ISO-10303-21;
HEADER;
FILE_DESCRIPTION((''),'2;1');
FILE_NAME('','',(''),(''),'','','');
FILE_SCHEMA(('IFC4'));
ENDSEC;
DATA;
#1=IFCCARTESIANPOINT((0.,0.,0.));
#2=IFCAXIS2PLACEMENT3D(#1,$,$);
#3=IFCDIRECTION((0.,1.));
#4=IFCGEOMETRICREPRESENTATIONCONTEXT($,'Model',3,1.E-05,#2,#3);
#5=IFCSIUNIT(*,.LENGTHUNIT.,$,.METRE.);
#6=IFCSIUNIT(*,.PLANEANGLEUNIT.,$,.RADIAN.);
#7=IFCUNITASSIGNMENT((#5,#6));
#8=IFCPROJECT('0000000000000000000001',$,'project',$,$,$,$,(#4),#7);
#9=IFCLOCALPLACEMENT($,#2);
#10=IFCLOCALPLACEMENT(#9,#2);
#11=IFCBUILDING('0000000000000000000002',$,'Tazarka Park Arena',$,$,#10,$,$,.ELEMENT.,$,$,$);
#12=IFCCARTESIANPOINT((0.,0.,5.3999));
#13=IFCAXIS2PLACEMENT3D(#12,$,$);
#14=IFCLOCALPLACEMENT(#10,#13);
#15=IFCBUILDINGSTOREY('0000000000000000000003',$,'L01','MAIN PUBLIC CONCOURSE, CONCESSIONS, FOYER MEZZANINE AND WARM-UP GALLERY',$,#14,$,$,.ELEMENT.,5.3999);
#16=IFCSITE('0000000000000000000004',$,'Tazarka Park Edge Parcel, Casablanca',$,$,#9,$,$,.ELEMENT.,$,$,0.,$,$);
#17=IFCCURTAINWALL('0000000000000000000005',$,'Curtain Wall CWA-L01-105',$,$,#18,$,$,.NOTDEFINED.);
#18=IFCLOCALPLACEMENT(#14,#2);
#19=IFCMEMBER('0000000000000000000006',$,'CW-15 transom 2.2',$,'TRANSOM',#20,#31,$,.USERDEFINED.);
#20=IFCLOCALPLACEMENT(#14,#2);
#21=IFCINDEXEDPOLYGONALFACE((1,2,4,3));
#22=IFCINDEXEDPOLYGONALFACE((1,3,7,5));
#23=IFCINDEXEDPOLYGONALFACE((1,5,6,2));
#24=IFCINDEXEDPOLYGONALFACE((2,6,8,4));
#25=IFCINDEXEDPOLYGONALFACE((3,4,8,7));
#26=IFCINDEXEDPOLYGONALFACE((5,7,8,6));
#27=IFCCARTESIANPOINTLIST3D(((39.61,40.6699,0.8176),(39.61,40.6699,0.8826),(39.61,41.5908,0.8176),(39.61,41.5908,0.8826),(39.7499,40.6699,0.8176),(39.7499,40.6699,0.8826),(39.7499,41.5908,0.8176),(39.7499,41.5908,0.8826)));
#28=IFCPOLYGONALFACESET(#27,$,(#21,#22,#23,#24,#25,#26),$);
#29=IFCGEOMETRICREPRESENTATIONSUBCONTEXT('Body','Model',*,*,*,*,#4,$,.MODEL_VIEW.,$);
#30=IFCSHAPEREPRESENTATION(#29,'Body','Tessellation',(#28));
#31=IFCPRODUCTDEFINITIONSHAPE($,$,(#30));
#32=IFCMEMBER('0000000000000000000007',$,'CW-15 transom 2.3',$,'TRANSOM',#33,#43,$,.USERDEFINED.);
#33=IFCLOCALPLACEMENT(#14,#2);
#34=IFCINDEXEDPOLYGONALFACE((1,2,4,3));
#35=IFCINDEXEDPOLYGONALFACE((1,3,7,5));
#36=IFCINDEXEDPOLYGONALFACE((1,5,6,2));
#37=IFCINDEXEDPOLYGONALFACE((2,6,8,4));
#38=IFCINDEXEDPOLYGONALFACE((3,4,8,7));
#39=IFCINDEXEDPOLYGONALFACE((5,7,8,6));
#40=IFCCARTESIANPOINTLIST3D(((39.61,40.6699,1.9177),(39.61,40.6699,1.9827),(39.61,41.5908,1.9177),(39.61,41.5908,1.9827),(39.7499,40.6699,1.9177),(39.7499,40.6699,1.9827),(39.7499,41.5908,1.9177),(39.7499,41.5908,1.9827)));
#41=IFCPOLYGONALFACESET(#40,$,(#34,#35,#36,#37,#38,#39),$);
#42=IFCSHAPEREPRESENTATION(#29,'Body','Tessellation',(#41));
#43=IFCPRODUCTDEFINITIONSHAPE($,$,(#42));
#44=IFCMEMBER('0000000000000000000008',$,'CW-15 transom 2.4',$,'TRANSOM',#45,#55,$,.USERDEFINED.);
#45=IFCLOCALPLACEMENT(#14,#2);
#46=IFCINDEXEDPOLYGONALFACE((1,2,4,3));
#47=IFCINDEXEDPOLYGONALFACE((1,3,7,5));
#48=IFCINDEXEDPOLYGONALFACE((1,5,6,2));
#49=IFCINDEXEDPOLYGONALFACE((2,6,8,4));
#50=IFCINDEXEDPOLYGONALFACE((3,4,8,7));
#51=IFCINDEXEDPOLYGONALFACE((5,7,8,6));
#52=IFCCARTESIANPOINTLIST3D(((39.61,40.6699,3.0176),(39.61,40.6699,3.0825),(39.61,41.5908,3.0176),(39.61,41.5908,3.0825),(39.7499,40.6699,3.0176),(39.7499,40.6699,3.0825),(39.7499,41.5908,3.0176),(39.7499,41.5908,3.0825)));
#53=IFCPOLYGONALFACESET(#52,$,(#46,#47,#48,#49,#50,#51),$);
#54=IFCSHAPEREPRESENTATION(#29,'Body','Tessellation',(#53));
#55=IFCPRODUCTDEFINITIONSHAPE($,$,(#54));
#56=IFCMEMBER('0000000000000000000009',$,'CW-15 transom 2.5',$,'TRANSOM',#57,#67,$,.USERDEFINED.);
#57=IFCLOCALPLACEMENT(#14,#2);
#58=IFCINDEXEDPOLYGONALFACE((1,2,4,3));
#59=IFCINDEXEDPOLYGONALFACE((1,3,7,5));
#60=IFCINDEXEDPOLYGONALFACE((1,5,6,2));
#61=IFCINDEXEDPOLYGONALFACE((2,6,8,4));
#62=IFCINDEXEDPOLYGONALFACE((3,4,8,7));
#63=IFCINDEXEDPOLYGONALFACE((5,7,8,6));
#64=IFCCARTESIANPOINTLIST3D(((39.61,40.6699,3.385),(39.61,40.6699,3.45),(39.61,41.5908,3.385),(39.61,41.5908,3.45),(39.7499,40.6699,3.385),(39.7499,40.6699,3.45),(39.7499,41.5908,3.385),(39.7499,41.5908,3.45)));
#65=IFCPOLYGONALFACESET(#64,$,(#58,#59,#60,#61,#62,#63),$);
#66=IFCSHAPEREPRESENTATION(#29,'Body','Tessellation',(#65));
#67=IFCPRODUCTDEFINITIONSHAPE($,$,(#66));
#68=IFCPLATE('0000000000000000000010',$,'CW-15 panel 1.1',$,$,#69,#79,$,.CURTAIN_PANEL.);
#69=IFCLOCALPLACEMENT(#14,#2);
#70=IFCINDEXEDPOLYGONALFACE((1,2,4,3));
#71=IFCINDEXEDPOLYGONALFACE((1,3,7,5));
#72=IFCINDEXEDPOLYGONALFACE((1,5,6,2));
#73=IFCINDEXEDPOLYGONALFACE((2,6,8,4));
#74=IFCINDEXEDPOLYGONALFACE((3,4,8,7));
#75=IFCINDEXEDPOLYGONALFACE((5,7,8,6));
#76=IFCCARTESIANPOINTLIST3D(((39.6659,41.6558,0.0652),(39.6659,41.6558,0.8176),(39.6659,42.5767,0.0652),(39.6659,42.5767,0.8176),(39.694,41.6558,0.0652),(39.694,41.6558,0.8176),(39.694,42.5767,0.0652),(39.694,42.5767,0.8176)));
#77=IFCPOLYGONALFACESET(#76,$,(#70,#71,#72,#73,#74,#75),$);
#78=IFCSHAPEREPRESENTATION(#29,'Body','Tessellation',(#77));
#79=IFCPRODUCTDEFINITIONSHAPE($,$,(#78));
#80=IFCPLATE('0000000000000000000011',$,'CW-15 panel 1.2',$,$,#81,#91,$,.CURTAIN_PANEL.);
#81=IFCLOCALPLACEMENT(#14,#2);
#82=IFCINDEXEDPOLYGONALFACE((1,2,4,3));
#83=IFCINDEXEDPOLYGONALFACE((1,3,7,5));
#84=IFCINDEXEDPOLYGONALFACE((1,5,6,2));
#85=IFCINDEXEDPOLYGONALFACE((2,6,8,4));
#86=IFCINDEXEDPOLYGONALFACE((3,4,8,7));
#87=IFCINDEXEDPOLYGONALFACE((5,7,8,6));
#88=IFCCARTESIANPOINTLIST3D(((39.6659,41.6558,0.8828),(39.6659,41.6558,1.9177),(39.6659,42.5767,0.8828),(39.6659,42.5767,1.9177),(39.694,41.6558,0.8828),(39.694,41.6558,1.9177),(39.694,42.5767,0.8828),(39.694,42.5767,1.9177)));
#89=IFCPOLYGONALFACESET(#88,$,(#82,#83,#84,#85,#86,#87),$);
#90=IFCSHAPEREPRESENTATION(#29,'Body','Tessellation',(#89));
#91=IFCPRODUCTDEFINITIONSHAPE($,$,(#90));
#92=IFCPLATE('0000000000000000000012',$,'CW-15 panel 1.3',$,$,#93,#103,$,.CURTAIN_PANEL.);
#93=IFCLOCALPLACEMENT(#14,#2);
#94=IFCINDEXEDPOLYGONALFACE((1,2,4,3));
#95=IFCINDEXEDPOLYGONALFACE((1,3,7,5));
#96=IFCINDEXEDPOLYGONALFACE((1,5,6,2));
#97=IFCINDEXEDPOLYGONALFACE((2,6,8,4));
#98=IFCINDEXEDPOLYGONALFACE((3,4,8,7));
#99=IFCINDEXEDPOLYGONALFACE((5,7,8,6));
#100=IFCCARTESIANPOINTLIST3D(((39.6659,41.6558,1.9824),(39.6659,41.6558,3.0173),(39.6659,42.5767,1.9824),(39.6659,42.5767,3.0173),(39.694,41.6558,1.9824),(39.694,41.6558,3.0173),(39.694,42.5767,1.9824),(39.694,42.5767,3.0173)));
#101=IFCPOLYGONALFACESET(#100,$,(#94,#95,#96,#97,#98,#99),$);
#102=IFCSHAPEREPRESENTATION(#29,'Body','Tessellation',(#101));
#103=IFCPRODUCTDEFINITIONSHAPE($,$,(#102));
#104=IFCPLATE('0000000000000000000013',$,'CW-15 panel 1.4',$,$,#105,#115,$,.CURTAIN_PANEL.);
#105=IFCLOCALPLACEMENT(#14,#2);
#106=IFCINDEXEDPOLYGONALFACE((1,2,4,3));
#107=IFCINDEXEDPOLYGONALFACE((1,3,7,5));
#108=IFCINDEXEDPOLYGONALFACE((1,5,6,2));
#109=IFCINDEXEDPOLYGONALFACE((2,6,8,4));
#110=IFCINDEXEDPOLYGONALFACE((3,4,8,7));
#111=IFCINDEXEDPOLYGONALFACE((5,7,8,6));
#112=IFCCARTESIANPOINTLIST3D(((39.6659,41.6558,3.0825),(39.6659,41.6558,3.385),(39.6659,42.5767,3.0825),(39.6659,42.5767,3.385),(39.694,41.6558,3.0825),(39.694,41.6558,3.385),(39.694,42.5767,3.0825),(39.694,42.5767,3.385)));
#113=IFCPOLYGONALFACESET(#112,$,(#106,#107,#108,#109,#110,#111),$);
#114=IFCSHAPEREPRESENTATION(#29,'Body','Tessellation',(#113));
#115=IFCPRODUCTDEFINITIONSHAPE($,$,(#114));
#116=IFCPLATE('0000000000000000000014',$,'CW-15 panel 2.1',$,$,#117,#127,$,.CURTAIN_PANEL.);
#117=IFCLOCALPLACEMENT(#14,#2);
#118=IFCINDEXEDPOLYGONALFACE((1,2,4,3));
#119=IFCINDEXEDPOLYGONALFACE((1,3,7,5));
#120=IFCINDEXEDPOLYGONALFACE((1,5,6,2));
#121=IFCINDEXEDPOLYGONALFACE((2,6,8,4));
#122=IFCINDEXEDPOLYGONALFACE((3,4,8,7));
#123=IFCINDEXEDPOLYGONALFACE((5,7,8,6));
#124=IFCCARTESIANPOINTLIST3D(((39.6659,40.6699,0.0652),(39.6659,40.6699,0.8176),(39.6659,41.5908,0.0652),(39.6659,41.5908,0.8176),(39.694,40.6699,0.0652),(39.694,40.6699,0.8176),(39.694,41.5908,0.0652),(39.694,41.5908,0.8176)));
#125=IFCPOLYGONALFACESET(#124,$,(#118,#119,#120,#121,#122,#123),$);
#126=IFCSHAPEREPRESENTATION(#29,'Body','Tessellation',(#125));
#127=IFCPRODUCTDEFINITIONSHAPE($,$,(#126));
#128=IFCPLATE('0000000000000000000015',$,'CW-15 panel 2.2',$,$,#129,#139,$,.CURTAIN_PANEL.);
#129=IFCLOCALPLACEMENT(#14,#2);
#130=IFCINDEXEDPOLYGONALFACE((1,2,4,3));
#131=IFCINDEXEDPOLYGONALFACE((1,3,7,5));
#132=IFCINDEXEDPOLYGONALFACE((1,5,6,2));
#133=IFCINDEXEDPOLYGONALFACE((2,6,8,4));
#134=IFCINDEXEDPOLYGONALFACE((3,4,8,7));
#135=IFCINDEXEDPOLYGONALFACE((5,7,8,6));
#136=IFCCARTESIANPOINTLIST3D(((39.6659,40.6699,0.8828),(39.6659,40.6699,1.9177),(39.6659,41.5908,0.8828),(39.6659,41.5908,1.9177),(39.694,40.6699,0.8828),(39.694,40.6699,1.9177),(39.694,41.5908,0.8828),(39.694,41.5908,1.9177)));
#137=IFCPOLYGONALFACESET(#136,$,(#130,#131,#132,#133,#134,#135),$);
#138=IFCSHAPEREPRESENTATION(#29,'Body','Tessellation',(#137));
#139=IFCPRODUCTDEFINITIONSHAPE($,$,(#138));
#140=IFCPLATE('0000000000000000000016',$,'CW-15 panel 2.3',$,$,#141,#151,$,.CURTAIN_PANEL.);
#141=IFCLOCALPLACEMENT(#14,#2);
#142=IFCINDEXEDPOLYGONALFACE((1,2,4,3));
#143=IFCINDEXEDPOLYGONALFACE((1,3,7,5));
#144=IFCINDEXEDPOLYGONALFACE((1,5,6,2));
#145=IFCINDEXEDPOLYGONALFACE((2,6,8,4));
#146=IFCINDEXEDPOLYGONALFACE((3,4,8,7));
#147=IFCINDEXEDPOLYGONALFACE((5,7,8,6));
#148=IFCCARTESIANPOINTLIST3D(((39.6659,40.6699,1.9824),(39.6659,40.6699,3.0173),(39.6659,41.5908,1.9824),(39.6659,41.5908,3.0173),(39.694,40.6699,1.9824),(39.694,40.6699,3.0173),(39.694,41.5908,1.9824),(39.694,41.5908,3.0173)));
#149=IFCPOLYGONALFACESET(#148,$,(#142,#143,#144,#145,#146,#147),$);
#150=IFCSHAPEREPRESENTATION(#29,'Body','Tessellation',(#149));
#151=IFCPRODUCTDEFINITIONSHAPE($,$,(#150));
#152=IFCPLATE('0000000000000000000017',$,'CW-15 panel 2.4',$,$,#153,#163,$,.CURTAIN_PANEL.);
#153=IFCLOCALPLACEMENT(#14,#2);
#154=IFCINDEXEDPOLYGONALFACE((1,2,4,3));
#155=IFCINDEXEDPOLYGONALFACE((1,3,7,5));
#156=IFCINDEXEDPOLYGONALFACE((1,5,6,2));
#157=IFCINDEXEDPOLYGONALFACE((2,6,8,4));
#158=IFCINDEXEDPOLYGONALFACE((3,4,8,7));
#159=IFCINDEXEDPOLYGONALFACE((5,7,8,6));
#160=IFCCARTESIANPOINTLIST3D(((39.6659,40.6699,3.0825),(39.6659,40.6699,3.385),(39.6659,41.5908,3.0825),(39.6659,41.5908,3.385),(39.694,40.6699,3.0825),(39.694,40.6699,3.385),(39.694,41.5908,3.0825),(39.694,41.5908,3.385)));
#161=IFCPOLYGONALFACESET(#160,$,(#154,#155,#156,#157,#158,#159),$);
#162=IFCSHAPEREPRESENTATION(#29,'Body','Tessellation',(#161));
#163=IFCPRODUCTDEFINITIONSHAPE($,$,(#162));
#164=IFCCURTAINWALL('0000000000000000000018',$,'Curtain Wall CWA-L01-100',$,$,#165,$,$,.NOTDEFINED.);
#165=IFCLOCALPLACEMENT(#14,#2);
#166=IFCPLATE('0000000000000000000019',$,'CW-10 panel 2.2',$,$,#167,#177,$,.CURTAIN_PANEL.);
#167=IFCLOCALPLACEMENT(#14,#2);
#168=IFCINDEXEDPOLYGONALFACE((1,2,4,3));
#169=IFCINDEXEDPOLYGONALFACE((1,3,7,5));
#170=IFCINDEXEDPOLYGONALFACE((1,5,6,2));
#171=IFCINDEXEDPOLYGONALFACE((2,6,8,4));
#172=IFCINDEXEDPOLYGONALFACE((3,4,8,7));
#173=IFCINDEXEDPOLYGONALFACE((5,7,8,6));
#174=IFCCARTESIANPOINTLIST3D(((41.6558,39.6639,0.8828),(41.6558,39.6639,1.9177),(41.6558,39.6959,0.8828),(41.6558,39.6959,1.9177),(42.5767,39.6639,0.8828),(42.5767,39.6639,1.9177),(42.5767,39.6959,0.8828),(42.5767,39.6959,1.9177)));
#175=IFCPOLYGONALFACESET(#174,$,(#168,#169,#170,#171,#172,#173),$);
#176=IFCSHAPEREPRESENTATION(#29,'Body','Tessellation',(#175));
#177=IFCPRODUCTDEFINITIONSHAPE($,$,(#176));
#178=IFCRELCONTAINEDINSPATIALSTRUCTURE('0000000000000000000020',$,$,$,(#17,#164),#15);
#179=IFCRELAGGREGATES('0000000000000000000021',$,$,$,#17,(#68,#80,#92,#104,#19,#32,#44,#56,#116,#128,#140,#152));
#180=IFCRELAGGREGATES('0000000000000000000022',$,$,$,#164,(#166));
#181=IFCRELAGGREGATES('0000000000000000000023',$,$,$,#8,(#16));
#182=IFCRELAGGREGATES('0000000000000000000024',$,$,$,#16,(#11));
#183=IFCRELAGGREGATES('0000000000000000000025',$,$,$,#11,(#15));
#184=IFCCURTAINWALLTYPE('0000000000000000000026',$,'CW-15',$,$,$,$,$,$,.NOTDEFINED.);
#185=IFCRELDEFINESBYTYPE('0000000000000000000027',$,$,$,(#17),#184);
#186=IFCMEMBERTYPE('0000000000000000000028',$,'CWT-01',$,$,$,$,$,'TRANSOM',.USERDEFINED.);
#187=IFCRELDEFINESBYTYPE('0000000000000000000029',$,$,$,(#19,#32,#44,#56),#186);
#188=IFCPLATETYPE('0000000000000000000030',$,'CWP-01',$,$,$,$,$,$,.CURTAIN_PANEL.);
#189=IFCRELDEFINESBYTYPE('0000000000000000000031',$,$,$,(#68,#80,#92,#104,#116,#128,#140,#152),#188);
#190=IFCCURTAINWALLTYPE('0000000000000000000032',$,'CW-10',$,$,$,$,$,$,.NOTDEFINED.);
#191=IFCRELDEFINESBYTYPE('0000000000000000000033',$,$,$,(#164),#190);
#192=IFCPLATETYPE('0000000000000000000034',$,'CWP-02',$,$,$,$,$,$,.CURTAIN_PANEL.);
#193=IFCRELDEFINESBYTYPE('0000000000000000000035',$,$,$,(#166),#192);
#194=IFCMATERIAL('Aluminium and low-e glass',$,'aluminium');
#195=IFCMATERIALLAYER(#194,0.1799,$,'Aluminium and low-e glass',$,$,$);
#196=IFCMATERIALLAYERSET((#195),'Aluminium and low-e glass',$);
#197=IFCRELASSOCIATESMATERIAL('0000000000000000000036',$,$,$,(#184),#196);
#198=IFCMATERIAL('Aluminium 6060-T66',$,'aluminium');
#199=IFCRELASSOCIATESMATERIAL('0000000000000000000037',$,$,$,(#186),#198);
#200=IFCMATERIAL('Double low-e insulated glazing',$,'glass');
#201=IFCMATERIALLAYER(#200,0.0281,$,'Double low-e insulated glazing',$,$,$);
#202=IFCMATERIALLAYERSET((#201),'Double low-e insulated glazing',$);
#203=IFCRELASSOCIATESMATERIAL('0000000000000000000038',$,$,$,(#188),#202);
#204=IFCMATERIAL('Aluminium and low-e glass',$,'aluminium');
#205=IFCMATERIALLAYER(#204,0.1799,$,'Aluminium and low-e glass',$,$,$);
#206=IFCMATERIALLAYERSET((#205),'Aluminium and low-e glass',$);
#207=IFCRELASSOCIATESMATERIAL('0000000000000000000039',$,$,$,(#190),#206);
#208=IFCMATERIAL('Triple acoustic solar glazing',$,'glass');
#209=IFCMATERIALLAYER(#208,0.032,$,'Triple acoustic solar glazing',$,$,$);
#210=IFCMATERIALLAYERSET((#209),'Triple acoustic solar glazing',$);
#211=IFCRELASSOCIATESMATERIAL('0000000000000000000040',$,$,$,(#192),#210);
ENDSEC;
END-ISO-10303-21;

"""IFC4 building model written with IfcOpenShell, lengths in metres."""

from ifc_helpers import new_model, si_unit, direction, frame, origin, origin_2d, place, context, subcontext, project, spatial, rectangle, extrude, material, layer, layer_set, material_profile, profile_set, type_object, element, aggregate, save


model = new_model("IFC4")

# Units and contexts
model_context = context("Model", 3, precision=1e-05, world=origin(), true_north=direction((0.0, 1.0)))
body_context = subcontext(model_context, "Body", "Model", "MODEL_VIEW")
ifc_project = project(units=[si_unit("LENGTHUNIT", "METRE"), si_unit("PLANEANGLEUNIT", "RADIAN")], contexts=[model_context])

# Site, building, storey
site_placement = place(None, origin())
site = spatial("IfcSite", under=ifc_project, at=site_placement, Name="Tazarka Park Edge Parcel, Casablanca", CompositionType="ELEMENT", RefElevation=0.0)
building_placement = place(site_placement, origin())
building = spatial("IfcBuilding", under=site, at=building_placement, Name="Tazarka Park Arena", CompositionType="ELEMENT")
storey_placement = place(building_placement, frame((0.0, 0.0, 5.3999)))
storey = spatial("IfcBuildingStorey", under=building, at=storey_placement, Name="L01", Description="MAIN PUBLIC CONCOURSE, CONCESSIONS, FOYER MEZZANINE AND WARM-UP GALLERY", CompositionType="ELEMENT", Elevation=5.3999)

# Curtain wall, members, plates
ifc_material_1 = material(Name="Aluminium and low-e glass", Category="aluminium")
ifc_layer_1 = layer(ifc_material_1, 0.1799, Name="Aluminium and low-e glass")
ifc_layer_set_1 = layer_set([ifc_layer_1], Name="Aluminium and low-e glass")
curtain_wall_type_1 = type_object("IfcCurtainWallType", Name="CW-15", PredefinedType="NOTDEFINED", material=ifc_layer_set_1)
curtain_wall_1_placement = place(storey_placement, origin())
curtain_wall_1 = element("IfcCurtainWall", 1, at=curtain_wall_1_placement, inside=storey, type_object=curtain_wall_type_1, Name="Curtain Wall CWA-L01-105", PredefinedType="NOTDEFINED")
ifc_material_2 = material(Name="Aluminium 6060-T66", Category="aluminium")
ifc_material_profile_1 = material_profile(ifc_material_2, rectangle(XDim=0.1399, YDim=0.0649, at=origin_2d()), Name="Aluminium 6060-T66")
ifc_profile_set_1 = profile_set([ifc_material_profile_1], Name="Aluminium 6060-T66")
member_type_1 = type_object("IfcMemberType", Name="CWT-01", ElementType="TRANSOM", PredefinedType="USERDEFINED", material=ifc_profile_set_1)
member_1_placement = place(storey_placement, frame((39.6799, 41.5908, 0.8501), z_axis=(0.0, -1.0, 0.0), x_axis=(1.0, 0.0, 0.0)))
member_1 = element("IfcMember", 2, at=member_1_placement, type_object=member_type_1, Name="CW-15 transom 2.2", ObjectType="TRANSOM", PredefinedType="USERDEFINED", context=body_context, shape_type="SweptSolid", body=[
    extrude(rectangle(XDim=0.1399, YDim=0.0649, at=origin_2d()), origin(), (0.0, 0.0, 1.0), 0.9209),
])
member_2_placement = place(storey_placement, frame((39.6799, 41.5908, 1.9502), z_axis=(0.0, -1.0, 0.0), x_axis=(1.0, 0.0, 0.0)))
member_2 = element("IfcMember", 3, at=member_2_placement, type_object=member_type_1, Name="CW-15 transom 2.3", ObjectType="TRANSOM", PredefinedType="USERDEFINED", context=body_context, shape_type="SweptSolid", body=[
    extrude(rectangle(XDim=0.1399, YDim=0.0649, at=origin_2d()), origin(), (0.0, 0.0, 1.0), 0.9209),
])
member_3_placement = place(storey_placement, frame((39.6799, 41.5908, 3.05), z_axis=(0.0, -1.0, 0.0), x_axis=(1.0, 0.0, 0.0)))
member_3 = element("IfcMember", 4, at=member_3_placement, type_object=member_type_1, Name="CW-15 transom 2.4", ObjectType="TRANSOM", PredefinedType="USERDEFINED", context=body_context, shape_type="SweptSolid", body=[
    extrude(rectangle(XDim=0.1399, YDim=0.0649, at=origin_2d()), origin(), (0.0, 0.0, 1.0), 0.9209),
])
member_4_placement = place(storey_placement, frame((39.6799, 41.5908, 3.4175), z_axis=(0.0, -1.0, 0.0), x_axis=(1.0, 0.0, 0.0)))
member_4 = element("IfcMember", 5, at=member_4_placement, type_object=member_type_1, Name="CW-15 transom 2.5", ObjectType="TRANSOM", PredefinedType="USERDEFINED", context=body_context, shape_type="SweptSolid", body=[
    extrude(rectangle(XDim=0.1399, YDim=0.0649, at=origin_2d()), origin(), (0.0, 0.0, 1.0), 0.9209),
])
ifc_material_3 = material(Name="Double low-e insulated glazing", Category="glass")
ifc_layer_2 = layer(ifc_material_3, 0.0281, Name="Double low-e insulated glazing")
ifc_layer_set_2 = layer_set([ifc_layer_2], Name="Double low-e insulated glazing")
plate_type_1 = type_object("IfcPlateType", Name="CWP-01", PredefinedType="CURTAIN_PANEL", material=ifc_layer_set_2)
plate_1_placement = place(storey_placement, frame((39.6799, 42.1162, 0.0652), z_axis=(0.0, 0.0, 1.0), x_axis=(0.0, -1.0, 0.0)))
plate_1 = element("IfcPlate", 6, at=plate_1_placement, type_object=plate_type_1, Name="CW-15 panel 1.1", PredefinedType="CURTAIN_PANEL", context=body_context, shape_type="SweptSolid", body=[
    extrude(rectangle(XDim=0.9209, YDim=0.0281, at=origin_2d()), origin(), (0.0, 0.0, 1.0), 0.7524),
])
plate_2_placement = place(storey_placement, frame((39.6799, 42.1162, 0.8828), z_axis=(0.0, 0.0, 1.0), x_axis=(0.0, -1.0, 0.0)))
plate_2 = element("IfcPlate", 7, at=plate_2_placement, type_object=plate_type_1, Name="CW-15 panel 1.2", PredefinedType="CURTAIN_PANEL", context=body_context, shape_type="SweptSolid", body=[
    extrude(rectangle(XDim=0.9209, YDim=0.0281, at=origin_2d()), origin(), (0.0, 0.0, 1.0), 1.0349),
])
plate_3_placement = place(storey_placement, frame((39.6799, 42.1162, 1.9824), z_axis=(0.0, 0.0, 1.0), x_axis=(0.0, -1.0, 0.0)))
plate_3 = element("IfcPlate", 8, at=plate_3_placement, type_object=plate_type_1, Name="CW-15 panel 1.3", PredefinedType="CURTAIN_PANEL", context=body_context, shape_type="SweptSolid", body=[
    extrude(rectangle(XDim=0.9209, YDim=0.0281, at=origin_2d()), origin(), (0.0, 0.0, 1.0), 1.0349),
])
plate_4_placement = place(storey_placement, frame((39.6799, 42.1162, 3.0825), z_axis=(0.0, 0.0, 1.0), x_axis=(0.0, -1.0, 0.0)))
plate_4 = element("IfcPlate", 9, at=plate_4_placement, type_object=plate_type_1, Name="CW-15 panel 1.4", PredefinedType="CURTAIN_PANEL", context=body_context, shape_type="SweptSolid", body=[
    extrude(rectangle(XDim=0.9209, YDim=0.0281, at=origin_2d()), origin(), (0.0, 0.0, 1.0), 0.3025),
])
plate_5_placement = place(storey_placement, frame((39.6799, 41.1304, 0.0652), z_axis=(0.0, 0.0, 1.0), x_axis=(0.0, -1.0, 0.0)))
plate_5 = element("IfcPlate", 10, at=plate_5_placement, type_object=plate_type_1, Name="CW-15 panel 2.1", PredefinedType="CURTAIN_PANEL", context=body_context, shape_type="SweptSolid", body=[
    extrude(rectangle(XDim=0.9209, YDim=0.0281, at=origin_2d()), origin(), (0.0, 0.0, 1.0), 0.7524),
])
plate_6_placement = place(storey_placement, frame((39.6799, 41.1304, 0.8828), z_axis=(0.0, 0.0, 1.0), x_axis=(0.0, -1.0, 0.0)))
plate_6 = element("IfcPlate", 11, at=plate_6_placement, type_object=plate_type_1, Name="CW-15 panel 2.2", PredefinedType="CURTAIN_PANEL", context=body_context, shape_type="SweptSolid", body=[
    extrude(rectangle(XDim=0.9209, YDim=0.0281, at=origin_2d()), origin(), (0.0, 0.0, 1.0), 1.0349),
])
plate_7_placement = place(storey_placement, frame((39.6799, 41.1304, 1.9824), z_axis=(0.0, 0.0, 1.0), x_axis=(0.0, -1.0, 0.0)))
plate_7 = element("IfcPlate", 12, at=plate_7_placement, type_object=plate_type_1, Name="CW-15 panel 2.3", PredefinedType="CURTAIN_PANEL", context=body_context, shape_type="SweptSolid", body=[
    extrude(rectangle(XDim=0.9209, YDim=0.0281, at=origin_2d()), origin(), (0.0, 0.0, 1.0), 1.0349),
])
plate_8_placement = place(storey_placement, frame((39.6799, 41.1304, 3.0825), z_axis=(0.0, 0.0, 1.0), x_axis=(0.0, -1.0, 0.0)))
plate_8 = element("IfcPlate", 13, at=plate_8_placement, type_object=plate_type_1, Name="CW-15 panel 2.4", PredefinedType="CURTAIN_PANEL", context=body_context, shape_type="SweptSolid", body=[
    extrude(rectangle(XDim=0.9209, YDim=0.0281, at=origin_2d()), origin(), (0.0, 0.0, 1.0), 0.3025),
])
aggregate(curtain_wall_1, [plate_1, plate_2, plate_3, plate_4, member_1, member_2, member_3, member_4, plate_5, plate_6, plate_7, plate_8])

# Curtain wall, plate
ifc_material_4 = material(Name="Aluminium and low-e glass", Category="aluminium")
ifc_layer_3 = layer(ifc_material_4, 0.1799, Name="Aluminium and low-e glass")
ifc_layer_set_3 = layer_set([ifc_layer_3], Name="Aluminium and low-e glass")
curtain_wall_type_2 = type_object("IfcCurtainWallType", Name="CW-10", PredefinedType="NOTDEFINED", material=ifc_layer_set_3)
curtain_wall_2_placement = place(storey_placement, origin())
curtain_wall_2 = element("IfcCurtainWall", 14, at=curtain_wall_2_placement, inside=storey, type_object=curtain_wall_type_2, Name="Curtain Wall CWA-L01-100", PredefinedType="NOTDEFINED")
ifc_material_5 = material(Name="Triple acoustic solar glazing", Category="glass")
ifc_layer_4 = layer(ifc_material_5, 0.032, Name="Triple acoustic solar glazing")
ifc_layer_set_4 = layer_set([ifc_layer_4], Name="Triple acoustic solar glazing")
plate_type_2 = type_object("IfcPlateType", Name="CWP-02", PredefinedType="CURTAIN_PANEL", material=ifc_layer_set_4)
plate_9_placement = place(storey_placement, frame((42.1162, 39.6799, 0.8828), z_axis=(0.0, 0.0, 1.0), x_axis=(1.0, 0.0, 0.0)))
plate_9 = element("IfcPlate", 15, at=plate_9_placement, type_object=plate_type_2, Name="CW-10 panel 2.2", PredefinedType="CURTAIN_PANEL", context=body_context, shape_type="SweptSolid", body=[
    extrude(rectangle(XDim=0.9209, YDim=0.032, at=origin_2d()), origin(), (0.0, 0.0, 1.0), 1.0349),
])
aggregate(curtain_wall_2, [plate_9])

save(model, "model.ifc")
